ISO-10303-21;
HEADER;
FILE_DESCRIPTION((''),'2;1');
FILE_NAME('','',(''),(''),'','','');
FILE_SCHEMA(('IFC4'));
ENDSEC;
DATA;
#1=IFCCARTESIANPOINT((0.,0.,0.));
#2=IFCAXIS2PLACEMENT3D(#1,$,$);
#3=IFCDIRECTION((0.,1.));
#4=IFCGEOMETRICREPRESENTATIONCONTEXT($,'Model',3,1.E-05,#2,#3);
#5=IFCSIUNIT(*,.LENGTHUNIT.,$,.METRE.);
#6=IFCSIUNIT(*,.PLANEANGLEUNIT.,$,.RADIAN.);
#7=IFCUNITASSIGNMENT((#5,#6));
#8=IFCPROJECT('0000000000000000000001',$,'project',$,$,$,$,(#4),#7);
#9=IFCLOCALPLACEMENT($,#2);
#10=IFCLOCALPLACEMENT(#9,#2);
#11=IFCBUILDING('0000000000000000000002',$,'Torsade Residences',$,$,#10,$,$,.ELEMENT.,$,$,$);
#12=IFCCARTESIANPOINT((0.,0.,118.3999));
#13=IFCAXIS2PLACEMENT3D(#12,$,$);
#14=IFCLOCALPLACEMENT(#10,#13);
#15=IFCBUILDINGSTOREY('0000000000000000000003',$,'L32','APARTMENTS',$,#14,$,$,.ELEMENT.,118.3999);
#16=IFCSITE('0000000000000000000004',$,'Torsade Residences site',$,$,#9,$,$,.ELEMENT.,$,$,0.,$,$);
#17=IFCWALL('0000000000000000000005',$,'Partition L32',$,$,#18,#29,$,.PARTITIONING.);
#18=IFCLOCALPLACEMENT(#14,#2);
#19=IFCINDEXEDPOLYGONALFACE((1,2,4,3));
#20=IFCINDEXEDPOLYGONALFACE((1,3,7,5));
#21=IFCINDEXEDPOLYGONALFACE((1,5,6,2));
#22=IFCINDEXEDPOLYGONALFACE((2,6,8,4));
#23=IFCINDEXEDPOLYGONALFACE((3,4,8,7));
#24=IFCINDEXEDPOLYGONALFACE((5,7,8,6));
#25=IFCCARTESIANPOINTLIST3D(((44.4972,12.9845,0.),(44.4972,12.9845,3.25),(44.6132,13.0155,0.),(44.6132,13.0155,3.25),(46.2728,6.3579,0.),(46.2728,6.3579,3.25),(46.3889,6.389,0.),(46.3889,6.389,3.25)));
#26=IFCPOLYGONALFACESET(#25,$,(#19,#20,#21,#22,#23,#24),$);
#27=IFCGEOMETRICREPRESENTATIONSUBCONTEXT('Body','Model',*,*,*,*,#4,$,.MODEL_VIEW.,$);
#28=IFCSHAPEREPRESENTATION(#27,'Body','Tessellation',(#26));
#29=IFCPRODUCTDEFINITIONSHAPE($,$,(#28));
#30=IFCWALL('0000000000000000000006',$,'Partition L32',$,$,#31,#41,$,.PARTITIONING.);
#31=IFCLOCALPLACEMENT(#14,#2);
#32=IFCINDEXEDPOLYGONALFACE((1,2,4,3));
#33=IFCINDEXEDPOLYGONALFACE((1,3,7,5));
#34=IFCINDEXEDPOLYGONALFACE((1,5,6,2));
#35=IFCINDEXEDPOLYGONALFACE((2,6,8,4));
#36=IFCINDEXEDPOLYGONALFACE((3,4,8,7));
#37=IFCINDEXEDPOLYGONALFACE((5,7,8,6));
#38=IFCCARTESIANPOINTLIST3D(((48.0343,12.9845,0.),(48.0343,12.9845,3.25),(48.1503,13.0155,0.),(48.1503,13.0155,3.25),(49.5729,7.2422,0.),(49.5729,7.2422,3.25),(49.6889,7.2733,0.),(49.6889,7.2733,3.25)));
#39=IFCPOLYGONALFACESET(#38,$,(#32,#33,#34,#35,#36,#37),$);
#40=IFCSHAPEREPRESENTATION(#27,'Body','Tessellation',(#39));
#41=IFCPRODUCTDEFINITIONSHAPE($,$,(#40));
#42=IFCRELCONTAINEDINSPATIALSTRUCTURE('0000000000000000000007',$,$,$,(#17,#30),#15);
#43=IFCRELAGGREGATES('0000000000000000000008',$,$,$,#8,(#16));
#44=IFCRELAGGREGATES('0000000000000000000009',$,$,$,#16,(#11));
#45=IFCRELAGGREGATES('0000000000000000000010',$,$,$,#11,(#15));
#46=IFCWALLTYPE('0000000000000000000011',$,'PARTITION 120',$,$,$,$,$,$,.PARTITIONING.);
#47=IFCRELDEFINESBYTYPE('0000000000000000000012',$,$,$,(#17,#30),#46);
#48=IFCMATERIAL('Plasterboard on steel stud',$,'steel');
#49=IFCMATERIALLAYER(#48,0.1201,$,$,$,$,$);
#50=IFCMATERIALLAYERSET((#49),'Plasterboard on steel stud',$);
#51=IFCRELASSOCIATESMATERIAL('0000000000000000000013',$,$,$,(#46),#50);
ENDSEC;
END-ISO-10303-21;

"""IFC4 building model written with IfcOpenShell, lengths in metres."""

from ifc_helpers import new_model, si_unit, direction, frame, frame_2d, origin, place, context, subcontext, project, spatial, rectangle, extrude, material, layer, layer_set, type_object, element, save


model = new_model("IFC4")

# Units and contexts
model_context = context("Model", 3, precision=1e-05, world=origin(), true_north=direction((0.0, 1.0)))
body_context = subcontext(model_context, "Body", "Model", "MODEL_VIEW")
ifc_project = project(units=[si_unit("LENGTHUNIT", "METRE"), si_unit("PLANEANGLEUNIT", "RADIAN")], contexts=[model_context])

# Site, building, storey
site_placement = place(None, origin())
site = spatial("IfcSite", under=ifc_project, at=site_placement, Name="Torsade Residences site", CompositionType="ELEMENT", RefElevation=0.0)
building_placement = place(site_placement, origin())
building = spatial("IfcBuilding", under=site, at=building_placement, Name="Torsade Residences", CompositionType="ELEMENT")
storey_placement = place(building_placement, frame((0.0, 0.0, 118.3999)))
storey = spatial("IfcBuildingStorey", under=building, at=storey_placement, Name="L32", Description="APARTMENTS", CompositionType="ELEMENT", Elevation=118.3999)

# Shared definitions
ifc_material_1 = material(Name="Plasterboard on steel stud", Category="steel")
ifc_layer_1 = layer(ifc_material_1, 0.1201)
ifc_layer_set_1 = layer_set([ifc_layer_1], Name="Plasterboard on steel stud")
wall_type = type_object("IfcWallType", Name="PARTITION 120", PredefinedType="PARTITIONING", material=ifc_layer_set_1)

# Walls
wall_1_placement = place(storey_placement, frame((44.5552, 13.0, 0.0), z_axis=(0.0, 0.0, 1.0), x_axis=(0.25883, -0.965923, 0.0)))
element("IfcWall", 1, at=wall_1_placement, inside=storey, type_object=wall_type, Name="Partition L32", PredefinedType="PARTITIONING", context=body_context, shape_type="SweptSolid", body=[
    extrude(rectangle(XDim=6.8604, YDim=0.1201, at=frame_2d((3.4302, 0.0))), origin(), (0.0, 0.0, 1.0), 3.25),
])
wall_2_placement = place(storey_placement, frame((48.0923, 13.0, 0.0), z_axis=(0.0, 0.0, 1.0), x_axis=(0.258813, -0.965928, 0.0)))
element("IfcWall", 2, at=wall_2_placement, inside=storey, type_object=wall_type, Name="Partition L32", PredefinedType="PARTITIONING", context=body_context, shape_type="SweptSolid", body=[
    extrude(rectangle(XDim=5.9448, YDim=0.1201, at=frame_2d((2.9724, 0.0))), origin(), (0.0, 0.0, 1.0), 3.25),
])

save(model, "model.ifc")
